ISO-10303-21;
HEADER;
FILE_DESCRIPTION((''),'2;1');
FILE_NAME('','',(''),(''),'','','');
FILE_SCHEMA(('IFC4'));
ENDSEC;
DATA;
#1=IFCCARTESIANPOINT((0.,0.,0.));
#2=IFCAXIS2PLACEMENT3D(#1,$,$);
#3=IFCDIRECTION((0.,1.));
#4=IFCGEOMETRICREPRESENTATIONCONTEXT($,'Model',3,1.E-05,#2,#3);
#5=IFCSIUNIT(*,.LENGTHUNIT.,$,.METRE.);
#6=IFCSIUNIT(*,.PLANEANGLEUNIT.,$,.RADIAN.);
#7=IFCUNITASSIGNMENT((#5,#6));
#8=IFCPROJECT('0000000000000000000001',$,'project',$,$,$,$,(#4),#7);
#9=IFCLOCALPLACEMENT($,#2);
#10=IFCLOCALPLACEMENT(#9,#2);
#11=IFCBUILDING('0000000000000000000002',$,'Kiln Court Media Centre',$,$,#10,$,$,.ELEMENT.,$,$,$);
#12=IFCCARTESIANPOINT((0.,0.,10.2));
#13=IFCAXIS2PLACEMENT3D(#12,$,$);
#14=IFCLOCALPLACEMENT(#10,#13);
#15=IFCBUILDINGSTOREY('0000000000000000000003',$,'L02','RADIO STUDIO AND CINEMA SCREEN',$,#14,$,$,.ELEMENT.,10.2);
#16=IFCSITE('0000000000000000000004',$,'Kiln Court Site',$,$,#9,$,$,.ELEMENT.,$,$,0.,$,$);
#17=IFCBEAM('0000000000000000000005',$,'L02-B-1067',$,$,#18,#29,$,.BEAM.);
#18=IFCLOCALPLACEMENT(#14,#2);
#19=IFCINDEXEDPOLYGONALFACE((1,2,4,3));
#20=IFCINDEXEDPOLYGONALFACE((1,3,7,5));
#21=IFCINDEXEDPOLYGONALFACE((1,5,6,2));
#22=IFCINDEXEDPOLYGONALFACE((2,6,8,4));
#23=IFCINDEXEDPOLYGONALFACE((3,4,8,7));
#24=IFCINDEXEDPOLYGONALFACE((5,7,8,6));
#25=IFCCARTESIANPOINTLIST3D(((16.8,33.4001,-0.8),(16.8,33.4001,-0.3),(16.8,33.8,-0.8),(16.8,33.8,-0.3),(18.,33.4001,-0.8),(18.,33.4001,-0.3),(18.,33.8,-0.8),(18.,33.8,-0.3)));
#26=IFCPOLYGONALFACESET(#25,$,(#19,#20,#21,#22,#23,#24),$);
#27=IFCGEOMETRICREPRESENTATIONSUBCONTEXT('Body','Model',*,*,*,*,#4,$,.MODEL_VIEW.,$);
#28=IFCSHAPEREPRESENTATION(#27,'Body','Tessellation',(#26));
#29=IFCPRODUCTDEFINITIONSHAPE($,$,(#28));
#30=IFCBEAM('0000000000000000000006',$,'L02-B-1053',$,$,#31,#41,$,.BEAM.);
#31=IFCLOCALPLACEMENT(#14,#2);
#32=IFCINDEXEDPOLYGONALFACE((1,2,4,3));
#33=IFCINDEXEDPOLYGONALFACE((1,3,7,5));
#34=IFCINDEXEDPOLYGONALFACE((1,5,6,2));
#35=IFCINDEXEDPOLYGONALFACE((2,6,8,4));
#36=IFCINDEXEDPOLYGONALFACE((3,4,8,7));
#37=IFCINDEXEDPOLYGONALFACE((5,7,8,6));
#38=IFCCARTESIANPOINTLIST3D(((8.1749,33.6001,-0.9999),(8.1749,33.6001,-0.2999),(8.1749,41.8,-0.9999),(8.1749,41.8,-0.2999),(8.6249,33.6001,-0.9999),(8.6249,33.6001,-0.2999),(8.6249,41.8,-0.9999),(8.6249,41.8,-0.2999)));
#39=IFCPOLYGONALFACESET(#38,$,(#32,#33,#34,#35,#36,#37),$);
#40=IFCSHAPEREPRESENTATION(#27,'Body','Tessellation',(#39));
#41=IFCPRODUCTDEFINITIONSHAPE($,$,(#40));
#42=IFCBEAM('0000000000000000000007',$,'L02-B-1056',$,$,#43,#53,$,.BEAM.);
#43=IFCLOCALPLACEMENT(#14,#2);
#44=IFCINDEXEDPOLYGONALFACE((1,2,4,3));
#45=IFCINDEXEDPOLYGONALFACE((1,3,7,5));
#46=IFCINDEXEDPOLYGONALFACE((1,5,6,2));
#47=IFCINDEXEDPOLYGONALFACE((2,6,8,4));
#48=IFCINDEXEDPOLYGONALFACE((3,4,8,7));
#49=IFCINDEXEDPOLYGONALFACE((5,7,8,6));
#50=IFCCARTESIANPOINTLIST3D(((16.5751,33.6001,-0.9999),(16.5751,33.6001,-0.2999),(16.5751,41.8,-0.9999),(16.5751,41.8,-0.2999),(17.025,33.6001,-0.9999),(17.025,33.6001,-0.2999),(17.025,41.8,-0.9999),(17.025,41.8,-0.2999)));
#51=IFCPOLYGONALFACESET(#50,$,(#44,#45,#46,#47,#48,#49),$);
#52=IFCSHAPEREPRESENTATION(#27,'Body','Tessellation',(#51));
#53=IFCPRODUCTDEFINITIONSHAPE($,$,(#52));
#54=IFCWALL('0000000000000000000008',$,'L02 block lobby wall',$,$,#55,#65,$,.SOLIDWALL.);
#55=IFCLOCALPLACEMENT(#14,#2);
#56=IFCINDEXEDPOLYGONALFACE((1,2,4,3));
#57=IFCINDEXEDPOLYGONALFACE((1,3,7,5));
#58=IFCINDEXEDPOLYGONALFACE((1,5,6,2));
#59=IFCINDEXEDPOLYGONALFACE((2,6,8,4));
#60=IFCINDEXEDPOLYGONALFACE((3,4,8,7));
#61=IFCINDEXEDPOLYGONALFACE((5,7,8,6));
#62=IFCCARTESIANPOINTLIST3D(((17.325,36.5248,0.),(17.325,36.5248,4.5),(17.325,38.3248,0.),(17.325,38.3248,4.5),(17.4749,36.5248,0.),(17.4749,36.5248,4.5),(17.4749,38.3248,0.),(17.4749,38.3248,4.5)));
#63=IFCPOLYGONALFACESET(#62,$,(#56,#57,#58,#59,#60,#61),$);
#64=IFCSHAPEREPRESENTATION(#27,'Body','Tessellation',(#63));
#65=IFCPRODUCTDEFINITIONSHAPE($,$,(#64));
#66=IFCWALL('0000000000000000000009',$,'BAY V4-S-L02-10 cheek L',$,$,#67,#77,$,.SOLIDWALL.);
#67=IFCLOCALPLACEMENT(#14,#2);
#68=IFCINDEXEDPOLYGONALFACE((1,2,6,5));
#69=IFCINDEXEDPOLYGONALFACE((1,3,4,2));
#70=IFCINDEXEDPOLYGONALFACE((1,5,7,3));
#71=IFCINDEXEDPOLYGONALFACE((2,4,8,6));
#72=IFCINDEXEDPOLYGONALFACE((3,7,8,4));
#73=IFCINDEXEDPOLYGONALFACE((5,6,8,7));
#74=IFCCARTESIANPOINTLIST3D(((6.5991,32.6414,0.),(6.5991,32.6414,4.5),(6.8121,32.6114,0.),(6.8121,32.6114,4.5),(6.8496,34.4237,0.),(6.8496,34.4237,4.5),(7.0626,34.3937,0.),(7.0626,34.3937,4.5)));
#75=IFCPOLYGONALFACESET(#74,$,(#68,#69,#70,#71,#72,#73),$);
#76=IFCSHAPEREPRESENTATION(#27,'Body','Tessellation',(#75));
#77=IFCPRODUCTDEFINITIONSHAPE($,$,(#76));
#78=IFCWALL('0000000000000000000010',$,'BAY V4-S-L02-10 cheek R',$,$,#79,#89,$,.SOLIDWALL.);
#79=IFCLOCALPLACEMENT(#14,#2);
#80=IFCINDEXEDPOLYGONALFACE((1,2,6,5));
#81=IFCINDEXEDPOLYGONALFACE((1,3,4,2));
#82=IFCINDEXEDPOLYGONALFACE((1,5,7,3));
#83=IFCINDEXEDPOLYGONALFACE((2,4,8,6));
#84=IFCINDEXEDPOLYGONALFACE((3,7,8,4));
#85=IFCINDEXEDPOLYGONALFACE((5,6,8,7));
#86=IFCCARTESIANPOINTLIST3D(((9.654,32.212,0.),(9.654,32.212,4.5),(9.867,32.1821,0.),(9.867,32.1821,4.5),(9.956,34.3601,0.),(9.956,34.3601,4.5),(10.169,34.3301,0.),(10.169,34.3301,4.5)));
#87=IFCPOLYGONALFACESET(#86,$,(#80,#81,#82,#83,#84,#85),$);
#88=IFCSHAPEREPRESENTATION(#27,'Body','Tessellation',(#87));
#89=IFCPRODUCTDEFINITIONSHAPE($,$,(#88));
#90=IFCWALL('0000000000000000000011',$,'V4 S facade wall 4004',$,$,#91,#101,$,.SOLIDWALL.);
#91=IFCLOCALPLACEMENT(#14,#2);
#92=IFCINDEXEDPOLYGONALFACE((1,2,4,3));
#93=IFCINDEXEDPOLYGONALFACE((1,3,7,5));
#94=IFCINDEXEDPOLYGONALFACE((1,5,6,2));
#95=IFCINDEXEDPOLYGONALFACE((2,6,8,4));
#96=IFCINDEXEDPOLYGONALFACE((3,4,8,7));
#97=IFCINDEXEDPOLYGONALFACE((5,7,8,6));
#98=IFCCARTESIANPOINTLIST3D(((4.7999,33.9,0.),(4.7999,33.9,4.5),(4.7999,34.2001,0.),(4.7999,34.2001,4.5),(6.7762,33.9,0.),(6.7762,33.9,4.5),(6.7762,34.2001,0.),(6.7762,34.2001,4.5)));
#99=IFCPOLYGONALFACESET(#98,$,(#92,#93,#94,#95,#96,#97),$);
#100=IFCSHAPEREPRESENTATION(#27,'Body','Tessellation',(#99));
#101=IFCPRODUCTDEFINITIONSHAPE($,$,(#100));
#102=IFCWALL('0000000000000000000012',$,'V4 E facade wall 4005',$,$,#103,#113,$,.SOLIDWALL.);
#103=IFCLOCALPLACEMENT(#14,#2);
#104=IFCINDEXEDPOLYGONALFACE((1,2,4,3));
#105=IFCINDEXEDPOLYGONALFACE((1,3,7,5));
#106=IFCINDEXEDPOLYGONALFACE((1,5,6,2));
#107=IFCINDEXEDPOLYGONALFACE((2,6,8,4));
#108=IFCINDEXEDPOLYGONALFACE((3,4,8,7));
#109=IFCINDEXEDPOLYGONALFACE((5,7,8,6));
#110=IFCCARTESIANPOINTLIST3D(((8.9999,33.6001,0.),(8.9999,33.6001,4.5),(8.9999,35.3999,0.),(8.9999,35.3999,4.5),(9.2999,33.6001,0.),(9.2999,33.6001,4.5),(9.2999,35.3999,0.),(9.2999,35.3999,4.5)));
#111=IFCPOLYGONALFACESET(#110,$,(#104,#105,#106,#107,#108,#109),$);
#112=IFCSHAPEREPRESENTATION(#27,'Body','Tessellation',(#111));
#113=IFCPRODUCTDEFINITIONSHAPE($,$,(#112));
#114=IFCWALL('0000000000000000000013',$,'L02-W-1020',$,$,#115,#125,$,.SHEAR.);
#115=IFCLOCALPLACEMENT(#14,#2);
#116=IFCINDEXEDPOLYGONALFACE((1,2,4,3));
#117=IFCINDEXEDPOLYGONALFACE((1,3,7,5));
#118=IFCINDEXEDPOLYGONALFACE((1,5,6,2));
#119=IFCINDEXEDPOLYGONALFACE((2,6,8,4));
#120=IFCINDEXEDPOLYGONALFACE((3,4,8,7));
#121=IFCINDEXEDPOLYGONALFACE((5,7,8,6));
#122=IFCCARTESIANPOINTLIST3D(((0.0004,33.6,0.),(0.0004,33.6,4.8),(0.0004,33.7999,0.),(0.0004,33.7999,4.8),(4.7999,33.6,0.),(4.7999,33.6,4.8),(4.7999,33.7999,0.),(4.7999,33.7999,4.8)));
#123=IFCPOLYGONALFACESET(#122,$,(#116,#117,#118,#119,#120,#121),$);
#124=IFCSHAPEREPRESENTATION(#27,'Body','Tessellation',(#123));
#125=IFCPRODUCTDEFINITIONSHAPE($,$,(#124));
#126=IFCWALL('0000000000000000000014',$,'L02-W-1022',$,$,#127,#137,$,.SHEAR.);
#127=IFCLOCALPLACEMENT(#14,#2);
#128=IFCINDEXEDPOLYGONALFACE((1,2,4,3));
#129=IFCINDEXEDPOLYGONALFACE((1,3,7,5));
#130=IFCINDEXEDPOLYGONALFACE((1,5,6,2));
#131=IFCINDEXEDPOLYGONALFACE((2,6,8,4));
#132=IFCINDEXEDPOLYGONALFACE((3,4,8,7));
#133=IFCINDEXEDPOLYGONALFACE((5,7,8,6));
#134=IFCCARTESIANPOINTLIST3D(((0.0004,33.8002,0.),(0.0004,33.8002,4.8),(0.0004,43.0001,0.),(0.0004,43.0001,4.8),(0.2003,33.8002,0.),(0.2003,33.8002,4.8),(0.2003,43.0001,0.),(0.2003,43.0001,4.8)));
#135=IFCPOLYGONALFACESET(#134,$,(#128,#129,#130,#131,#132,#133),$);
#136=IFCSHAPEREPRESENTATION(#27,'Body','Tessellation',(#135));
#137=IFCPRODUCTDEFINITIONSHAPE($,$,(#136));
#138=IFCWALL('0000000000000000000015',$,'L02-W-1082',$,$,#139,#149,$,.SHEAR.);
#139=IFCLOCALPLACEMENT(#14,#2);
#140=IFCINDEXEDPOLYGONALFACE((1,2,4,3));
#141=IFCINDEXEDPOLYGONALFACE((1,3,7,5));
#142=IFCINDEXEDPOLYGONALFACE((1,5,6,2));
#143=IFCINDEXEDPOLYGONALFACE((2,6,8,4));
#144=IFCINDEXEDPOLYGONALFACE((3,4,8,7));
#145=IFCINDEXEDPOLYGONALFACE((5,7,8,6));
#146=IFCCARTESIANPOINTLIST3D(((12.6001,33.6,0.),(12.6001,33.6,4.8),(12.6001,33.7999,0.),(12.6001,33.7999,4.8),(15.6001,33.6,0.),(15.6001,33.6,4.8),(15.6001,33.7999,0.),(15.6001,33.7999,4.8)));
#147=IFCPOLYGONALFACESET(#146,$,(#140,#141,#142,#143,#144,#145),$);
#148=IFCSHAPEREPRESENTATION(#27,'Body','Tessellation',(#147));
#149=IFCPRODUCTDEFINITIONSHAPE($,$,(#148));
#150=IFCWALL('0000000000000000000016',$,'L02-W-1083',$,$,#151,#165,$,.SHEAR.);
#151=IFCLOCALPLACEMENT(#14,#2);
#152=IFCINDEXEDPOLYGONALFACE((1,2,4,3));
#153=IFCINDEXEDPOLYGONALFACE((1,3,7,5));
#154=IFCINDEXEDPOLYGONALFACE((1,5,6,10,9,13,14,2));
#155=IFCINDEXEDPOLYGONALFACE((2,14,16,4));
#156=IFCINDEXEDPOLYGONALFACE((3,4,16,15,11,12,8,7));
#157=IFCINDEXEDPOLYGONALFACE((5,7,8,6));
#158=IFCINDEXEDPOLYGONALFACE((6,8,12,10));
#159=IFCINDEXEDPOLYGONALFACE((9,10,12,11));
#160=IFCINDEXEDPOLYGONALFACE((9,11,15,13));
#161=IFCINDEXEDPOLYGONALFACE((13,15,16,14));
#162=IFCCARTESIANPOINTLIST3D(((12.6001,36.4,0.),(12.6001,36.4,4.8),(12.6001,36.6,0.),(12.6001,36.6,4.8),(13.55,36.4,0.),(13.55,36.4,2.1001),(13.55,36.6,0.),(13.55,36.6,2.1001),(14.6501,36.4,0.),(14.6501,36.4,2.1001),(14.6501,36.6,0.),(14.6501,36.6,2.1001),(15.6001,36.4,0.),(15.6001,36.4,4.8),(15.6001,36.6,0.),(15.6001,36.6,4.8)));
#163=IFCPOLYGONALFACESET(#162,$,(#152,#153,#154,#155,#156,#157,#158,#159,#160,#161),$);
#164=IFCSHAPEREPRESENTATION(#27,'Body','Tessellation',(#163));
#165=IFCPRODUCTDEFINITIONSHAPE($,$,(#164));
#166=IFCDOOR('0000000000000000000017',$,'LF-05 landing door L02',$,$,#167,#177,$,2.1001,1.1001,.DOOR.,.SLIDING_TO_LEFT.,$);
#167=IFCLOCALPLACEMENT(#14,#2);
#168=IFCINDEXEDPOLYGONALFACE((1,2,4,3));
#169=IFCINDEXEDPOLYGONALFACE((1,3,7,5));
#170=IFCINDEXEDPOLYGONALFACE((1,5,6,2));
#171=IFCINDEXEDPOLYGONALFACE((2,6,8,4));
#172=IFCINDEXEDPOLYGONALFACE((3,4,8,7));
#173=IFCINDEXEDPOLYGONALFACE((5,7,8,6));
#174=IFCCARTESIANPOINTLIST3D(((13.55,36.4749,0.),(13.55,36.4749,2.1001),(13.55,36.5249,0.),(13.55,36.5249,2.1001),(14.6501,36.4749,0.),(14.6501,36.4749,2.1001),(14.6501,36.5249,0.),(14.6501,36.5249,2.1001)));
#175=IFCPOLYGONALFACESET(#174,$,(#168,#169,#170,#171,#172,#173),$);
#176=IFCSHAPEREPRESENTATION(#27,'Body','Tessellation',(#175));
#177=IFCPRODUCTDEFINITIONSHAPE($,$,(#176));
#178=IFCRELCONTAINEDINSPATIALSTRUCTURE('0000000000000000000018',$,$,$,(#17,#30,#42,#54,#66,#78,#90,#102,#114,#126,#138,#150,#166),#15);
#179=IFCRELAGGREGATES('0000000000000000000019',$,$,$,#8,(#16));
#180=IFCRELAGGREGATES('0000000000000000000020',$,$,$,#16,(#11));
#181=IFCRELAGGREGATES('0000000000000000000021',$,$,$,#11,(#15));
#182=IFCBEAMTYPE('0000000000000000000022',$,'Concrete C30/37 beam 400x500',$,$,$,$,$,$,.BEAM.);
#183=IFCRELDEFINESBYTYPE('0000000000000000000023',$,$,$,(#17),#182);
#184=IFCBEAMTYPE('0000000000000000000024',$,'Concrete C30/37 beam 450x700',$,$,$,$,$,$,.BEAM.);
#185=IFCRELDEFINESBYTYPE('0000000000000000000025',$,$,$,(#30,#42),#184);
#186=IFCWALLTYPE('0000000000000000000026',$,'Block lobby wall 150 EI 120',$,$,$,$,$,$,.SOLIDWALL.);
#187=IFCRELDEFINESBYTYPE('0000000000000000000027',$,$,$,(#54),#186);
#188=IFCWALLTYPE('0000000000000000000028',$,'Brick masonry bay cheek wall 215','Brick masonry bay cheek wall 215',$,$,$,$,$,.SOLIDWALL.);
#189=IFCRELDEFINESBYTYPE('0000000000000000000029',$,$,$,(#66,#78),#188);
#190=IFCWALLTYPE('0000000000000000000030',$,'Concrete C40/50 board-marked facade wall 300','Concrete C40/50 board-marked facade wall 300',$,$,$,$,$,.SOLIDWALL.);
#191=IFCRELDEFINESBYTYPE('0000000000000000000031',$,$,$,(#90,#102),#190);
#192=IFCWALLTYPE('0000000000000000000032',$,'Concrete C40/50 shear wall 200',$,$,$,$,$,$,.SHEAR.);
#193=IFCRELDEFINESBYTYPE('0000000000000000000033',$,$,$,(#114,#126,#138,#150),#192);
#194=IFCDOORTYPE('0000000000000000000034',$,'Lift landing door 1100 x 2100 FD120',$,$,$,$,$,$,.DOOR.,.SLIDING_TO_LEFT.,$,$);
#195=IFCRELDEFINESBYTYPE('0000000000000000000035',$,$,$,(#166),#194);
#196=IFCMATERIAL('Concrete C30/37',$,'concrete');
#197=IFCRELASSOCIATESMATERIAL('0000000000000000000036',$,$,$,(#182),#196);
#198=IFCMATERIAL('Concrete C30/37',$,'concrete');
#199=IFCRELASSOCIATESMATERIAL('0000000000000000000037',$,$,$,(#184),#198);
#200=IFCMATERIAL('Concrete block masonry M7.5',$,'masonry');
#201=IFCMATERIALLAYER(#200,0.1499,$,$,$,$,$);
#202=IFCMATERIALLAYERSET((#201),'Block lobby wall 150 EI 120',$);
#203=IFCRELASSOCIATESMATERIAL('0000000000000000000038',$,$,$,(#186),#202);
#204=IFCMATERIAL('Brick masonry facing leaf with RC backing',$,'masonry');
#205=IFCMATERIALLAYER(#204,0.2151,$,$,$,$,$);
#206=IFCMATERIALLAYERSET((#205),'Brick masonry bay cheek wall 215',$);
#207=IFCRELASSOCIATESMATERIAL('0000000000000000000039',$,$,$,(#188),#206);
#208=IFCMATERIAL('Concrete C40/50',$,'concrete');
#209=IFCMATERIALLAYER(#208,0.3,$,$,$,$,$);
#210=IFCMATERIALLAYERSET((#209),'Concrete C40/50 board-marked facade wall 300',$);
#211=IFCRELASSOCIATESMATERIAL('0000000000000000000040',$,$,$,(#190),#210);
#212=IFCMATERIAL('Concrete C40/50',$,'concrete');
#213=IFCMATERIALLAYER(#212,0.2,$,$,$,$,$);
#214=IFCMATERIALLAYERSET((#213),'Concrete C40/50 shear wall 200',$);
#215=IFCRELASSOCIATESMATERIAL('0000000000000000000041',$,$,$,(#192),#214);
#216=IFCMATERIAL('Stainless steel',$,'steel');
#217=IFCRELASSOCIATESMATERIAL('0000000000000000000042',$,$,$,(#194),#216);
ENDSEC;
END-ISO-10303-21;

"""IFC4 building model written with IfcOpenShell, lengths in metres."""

from ifc_helpers import new_model, si_unit, direction, frame, frame_2d, origin, origin_2d, place, context, subcontext, project, spatial, rectangle, extrude, material, layer, layer_set, material_profile, profile_set, type_object, element, fill, save


model = new_model("IFC4")

# Units and contexts
model_context = context("Model", 3, precision=1e-05, world=origin(), true_north=direction((0.0, 1.0)))
body_context = subcontext(model_context, "Body", "Model", "MODEL_VIEW")
ifc_project = project(units=[si_unit("LENGTHUNIT", "METRE"), si_unit("PLANEANGLEUNIT", "RADIAN")], contexts=[model_context])

# Site, building, storey
site_placement = place(None, origin())
site = spatial("IfcSite", under=ifc_project, at=site_placement, Name="Kiln Court Site", CompositionType="ELEMENT", RefElevation=0.0)
building_placement = place(site_placement, origin())
building = spatial("IfcBuilding", under=site, at=building_placement, Name="Kiln Court Media Centre", CompositionType="ELEMENT")
storey_placement = place(building_placement, frame((0.0, 0.0, 10.2)))
storey = spatial("IfcBuildingStorey", under=building, at=storey_placement, Name="L02", Description="RADIO STUDIO AND CINEMA SCREEN", CompositionType="ELEMENT", Elevation=10.2)

# Beams
ifc_material_1 = material(Name="Concrete C30/37", Category="concrete")
ifc_material_profile_1 = material_profile(ifc_material_1, rectangle(XDim=0.3999, YDim=0.5, at=origin_2d()), Name="RC 400x500")
ifc_profile_set_1 = profile_set([ifc_material_profile_1], Name="Concrete C30/37")
beam_type_1 = type_object("IfcBeamType", Name="Concrete C30/37 beam 400x500", PredefinedType="BEAM", material=ifc_profile_set_1)
for number, where, z_axis, x_axis, name in (
    (1, (16.8, 33.6001, -0.55), (1.0, 0.0, 0.0), (0.0, 1.0, 0.0), "L02-B-1067"),
):
    element("IfcBeam", number, at=place(storey_placement, frame(where, z_axis=z_axis, x_axis=x_axis)), inside=storey, type_object=beam_type_1, Name=name, PredefinedType="BEAM", context=body_context, shape_type="SweptSolid", body=[
        extrude(rectangle(XDim=0.3999, YDim=0.5, at=origin_2d()), origin(), (0.0, 0.0, 1.0), 1.2),
    ])
ifc_material_2 = material(Name="Concrete C30/37", Category="concrete")
ifc_material_profile_2 = material_profile(ifc_material_2, rectangle(XDim=0.45, YDim=0.7, at=origin_2d()), Name="RC 450x700")
ifc_profile_set_2 = profile_set([ifc_material_profile_2], Name="Concrete C30/37")
beam_type_2 = type_object("IfcBeamType", Name="Concrete C30/37 beam 450x700", PredefinedType="BEAM", material=ifc_profile_set_2)
for number, where, z_axis, x_axis, name in (
    (2, (8.3999, 33.6001, -0.6499), (0.0, 1.0, 0.0), (-1.0, 0.0, 0.0), "L02-B-1053"),
    (3, (16.8, 33.6001, -0.6499), (0.0, 1.0, 0.0), (-1.0, 0.0, 0.0), "L02-B-1056"),
):
    element("IfcBeam", number, at=place(storey_placement, frame(where, z_axis=z_axis, x_axis=x_axis)), inside=storey, type_object=beam_type_2, Name=name, PredefinedType="BEAM", context=body_context, shape_type="SweptSolid", body=[
        extrude(rectangle(XDim=0.45, YDim=0.7, at=origin_2d()), origin(), (0.0, 0.0, 1.0), 8.2),
    ])

# Walls
ifc_material_3 = material(Name="Concrete block masonry M7.5", Category="masonry")
ifc_layer_1 = layer(ifc_material_3, 0.1499)
ifc_layer_set_1 = layer_set([ifc_layer_1], Name="Block lobby wall 150 EI 120")
wall_type_1 = type_object("IfcWallType", Name="Block lobby wall 150 EI 120", PredefinedType="SOLIDWALL", material=ifc_layer_set_1)
wall_1_placement = place(storey_placement, frame((17.3999, 36.5249, 0.0), z_axis=(0.0, 0.0, 1.0), x_axis=(0.0, 1.0, 0.0)))
element("IfcWall", 4, at=wall_1_placement, inside=storey, type_object=wall_type_1, Name="L02 block lobby wall", PredefinedType="SOLIDWALL", context=body_context, shape_type="SweptSolid", body=[
    extrude(rectangle(XDim=1.8, YDim=0.1499, at=frame_2d((0.8999, 0.0))), origin(), (0.0, 0.0, 1.0), 4.5),
])
ifc_material_4 = material(Name="Brick masonry facing leaf with RC backing", Category="masonry")
ifc_layer_2 = layer(ifc_material_4, 0.2151)
ifc_layer_set_2 = layer_set([ifc_layer_2], Name="Brick masonry bay cheek wall 215")
wall_type_2 = type_object("IfcWallType", Name="Brick masonry bay cheek wall 215", Description="Brick masonry bay cheek wall 215", PredefinedType="SOLIDWALL", material=ifc_layer_set_2)
wall_2_placement = place(storey_placement, frame((6.9561, 34.4087, 0.0), z_axis=(0.0, 0.0, 1.0), x_axis=(-0.13918, -0.990267, 0.0)))
element("IfcWall", 5, at=wall_2_placement, inside=storey, type_object=wall_type_2, Name="BAY V4-S-L02-10 cheek L", PredefinedType="SOLIDWALL", context=body_context, shape_type="SweptSolid", body=[
    extrude(rectangle(XDim=1.7998, YDim=0.2151, at=frame_2d((0.8999, 0.0))), origin(), (0.0, 0.0, 1.0), 4.5),
])
wall_3_placement = place(storey_placement, frame((10.0625, 34.345, 0.0), z_axis=(0.0, 0.0, 1.0), x_axis=(-0.139231, -0.99026, 0.0)))
element("IfcWall", 6, at=wall_3_placement, inside=storey, type_object=wall_type_2, Name="BAY V4-S-L02-10 cheek R", PredefinedType="SOLIDWALL", context=body_context, shape_type="SweptSolid", body=[
    extrude(rectangle(XDim=2.1692, YDim=0.2151, at=frame_2d((1.0845, 0.0))), origin(), (0.0, 0.0, 1.0), 4.5),
])
ifc_material_5 = material(Name="Concrete C40/50", Category="concrete")
ifc_layer_3 = layer(ifc_material_5, 0.3)
ifc_layer_set_3 = layer_set([ifc_layer_3], Name="Concrete C40/50 board-marked facade wall 300")
wall_type_3 = type_object("IfcWallType", Name="Concrete C40/50 board-marked facade wall 300", Description="Concrete C40/50 board-marked facade wall 300", PredefinedType="SOLIDWALL", material=ifc_layer_set_3)
wall_4_placement = place(storey_placement, frame((6.7764, 34.05, 0.0), z_axis=(0.0, 0.0, 1.0), x_axis=(-1.0, 0.0, 0.0)))
element("IfcWall", 7, at=wall_4_placement, inside=storey, type_object=wall_type_3, Name="V4 S facade wall 4004", PredefinedType="SOLIDWALL", context=body_context, shape_type="SweptSolid", body=[
    extrude(rectangle(XDim=1.9763, YDim=0.3, at=frame_2d((0.9883, 0.0))), origin(), (0.0, 0.0, 1.0), 4.5),
])
wall_5_placement = place(storey_placement, frame((9.1499, 35.3999, 0.0), z_axis=(0.0, 0.0, 1.0), x_axis=(0.0, -1.0, 0.0)))
element("IfcWall", 8, at=wall_5_placement, inside=storey, type_object=wall_type_3, Name="V4 E facade wall 4005", PredefinedType="SOLIDWALL", context=body_context, shape_type="SweptSolid", body=[
    extrude(rectangle(XDim=1.7998, YDim=0.3, at=frame_2d((0.8999, 0.0))), origin(), (0.0, 0.0, 1.0), 4.5),
])
ifc_material_6 = material(Name="Concrete C40/50", Category="concrete")
ifc_layer_4 = layer(ifc_material_6, 0.2)
ifc_layer_set_4 = layer_set([ifc_layer_4], Name="Concrete C40/50 shear wall 200")
wall_type_4 = type_object("IfcWallType", Name="Concrete C40/50 shear wall 200", PredefinedType="SHEAR", material=ifc_layer_set_4)
wall_6_placement = place(storey_placement, frame((4.8, 33.7, 0.0), z_axis=(0.0, 0.0, 1.0), x_axis=(-1.0, 0.0, 0.0)))
element("IfcWall", 9, at=wall_6_placement, inside=storey, type_object=wall_type_4, Name="L02-W-1020", PredefinedType="SHEAR", context=body_context, shape_type="SweptSolid", body=[
    extrude(rectangle(XDim=4.7996, YDim=0.2, at=frame_2d((2.3999, 0.0))), origin(), (0.0, 0.0, 1.0), 4.8),
])
wall_7_placement = place(storey_placement, frame((0.1003, 33.8, 0.0), z_axis=(0.0, 0.0, 1.0), x_axis=(0.0, 1.0, 0.0)))
element("IfcWall", 10, at=wall_7_placement, inside=storey, type_object=wall_type_4, Name="L02-W-1022", PredefinedType="SHEAR", context=body_context, shape_type="SweptSolid", body=[
    extrude(rectangle(XDim=9.2, YDim=0.2, at=frame_2d((4.6001, 0.0))), origin(), (0.0, 0.0, 1.0), 4.8),
])
wall_8_placement = place(storey_placement, frame((15.6001, 33.7, 0.0), z_axis=(0.0, 0.0, 1.0), x_axis=(-1.0, 0.0, 0.0)))
element("IfcWall", 11, at=wall_8_placement, inside=storey, type_object=wall_type_4, Name="L02-W-1082", PredefinedType="SHEAR", context=body_context, shape_type="SweptSolid", body=[
    extrude(rectangle(XDim=3.0, YDim=0.2, at=frame_2d((1.5, 0.0))), origin(), (0.0, 0.0, 1.0), 4.8),
])

# Wall, opening, door
wall_9_placement = place(storey_placement, frame((12.6001, 36.5, 0.0), z_axis=(0.0, 0.0, 1.0), x_axis=(1.0, 0.0, 0.0)))
wall_9 = element("IfcWall", 12, at=wall_9_placement, inside=storey, type_object=wall_type_4, Name="L02-W-1083", PredefinedType="SHEAR", context=body_context, shape_type="SweptSolid", body=[
    extrude(rectangle(XDim=3.0, YDim=0.2, at=frame_2d((1.5, 0.0))), origin(), (0.0, 0.0, 1.0), 4.8),
])
opening_1_placement = place(wall_9_placement, frame((0.95, 0.0, 0.0)))
opening_1 = element("IfcOpeningElement", 13, at=opening_1_placement, cuts=wall_9, PredefinedType="OPENING", context=body_context, shape_type="SweptSolid", body=[
    extrude(rectangle(XDim=1.1001, YDim=2.1001, at=frame_2d((0.55, 1.05))), frame((0.0, 0.1099, 0.0), z_axis=(0.0, -1.0, 0.0), x_axis=(1.0, 0.0, 0.0)), (0.0, 0.0, 1.0), 0.22),
])
ifc_material_7 = material(Name="Stainless steel", Category="steel")
door_type_1 = type_object("IfcDoorType", Name="Lift landing door 1100 x 2100 FD120", OperationType="SLIDING_TO_LEFT", PredefinedType="DOOR", material=ifc_material_7)
door_1_placement = place(opening_1_placement, origin())
door_1 = element("IfcDoor", 14, at=door_1_placement, inside=storey, type_object=door_type_1, Name="LF-05 landing door L02", OperationType="SLIDING_TO_LEFT", OverallHeight=2.1001, OverallWidth=1.1001, PredefinedType="DOOR", context=body_context, shape_type="SweptSolid", body=[
    extrude(rectangle(XDim=1.1001, YDim=2.1001, at=frame_2d((0.55, 1.05))), frame((0.0, 0.0249, 0.0), z_axis=(0.0, -1.0, 0.0), x_axis=(1.0, 0.0, 0.0)), (0.0, 0.0, 1.0), 0.05),
])
fill(opening_1, door_1)

save(model, "model.ifc")
